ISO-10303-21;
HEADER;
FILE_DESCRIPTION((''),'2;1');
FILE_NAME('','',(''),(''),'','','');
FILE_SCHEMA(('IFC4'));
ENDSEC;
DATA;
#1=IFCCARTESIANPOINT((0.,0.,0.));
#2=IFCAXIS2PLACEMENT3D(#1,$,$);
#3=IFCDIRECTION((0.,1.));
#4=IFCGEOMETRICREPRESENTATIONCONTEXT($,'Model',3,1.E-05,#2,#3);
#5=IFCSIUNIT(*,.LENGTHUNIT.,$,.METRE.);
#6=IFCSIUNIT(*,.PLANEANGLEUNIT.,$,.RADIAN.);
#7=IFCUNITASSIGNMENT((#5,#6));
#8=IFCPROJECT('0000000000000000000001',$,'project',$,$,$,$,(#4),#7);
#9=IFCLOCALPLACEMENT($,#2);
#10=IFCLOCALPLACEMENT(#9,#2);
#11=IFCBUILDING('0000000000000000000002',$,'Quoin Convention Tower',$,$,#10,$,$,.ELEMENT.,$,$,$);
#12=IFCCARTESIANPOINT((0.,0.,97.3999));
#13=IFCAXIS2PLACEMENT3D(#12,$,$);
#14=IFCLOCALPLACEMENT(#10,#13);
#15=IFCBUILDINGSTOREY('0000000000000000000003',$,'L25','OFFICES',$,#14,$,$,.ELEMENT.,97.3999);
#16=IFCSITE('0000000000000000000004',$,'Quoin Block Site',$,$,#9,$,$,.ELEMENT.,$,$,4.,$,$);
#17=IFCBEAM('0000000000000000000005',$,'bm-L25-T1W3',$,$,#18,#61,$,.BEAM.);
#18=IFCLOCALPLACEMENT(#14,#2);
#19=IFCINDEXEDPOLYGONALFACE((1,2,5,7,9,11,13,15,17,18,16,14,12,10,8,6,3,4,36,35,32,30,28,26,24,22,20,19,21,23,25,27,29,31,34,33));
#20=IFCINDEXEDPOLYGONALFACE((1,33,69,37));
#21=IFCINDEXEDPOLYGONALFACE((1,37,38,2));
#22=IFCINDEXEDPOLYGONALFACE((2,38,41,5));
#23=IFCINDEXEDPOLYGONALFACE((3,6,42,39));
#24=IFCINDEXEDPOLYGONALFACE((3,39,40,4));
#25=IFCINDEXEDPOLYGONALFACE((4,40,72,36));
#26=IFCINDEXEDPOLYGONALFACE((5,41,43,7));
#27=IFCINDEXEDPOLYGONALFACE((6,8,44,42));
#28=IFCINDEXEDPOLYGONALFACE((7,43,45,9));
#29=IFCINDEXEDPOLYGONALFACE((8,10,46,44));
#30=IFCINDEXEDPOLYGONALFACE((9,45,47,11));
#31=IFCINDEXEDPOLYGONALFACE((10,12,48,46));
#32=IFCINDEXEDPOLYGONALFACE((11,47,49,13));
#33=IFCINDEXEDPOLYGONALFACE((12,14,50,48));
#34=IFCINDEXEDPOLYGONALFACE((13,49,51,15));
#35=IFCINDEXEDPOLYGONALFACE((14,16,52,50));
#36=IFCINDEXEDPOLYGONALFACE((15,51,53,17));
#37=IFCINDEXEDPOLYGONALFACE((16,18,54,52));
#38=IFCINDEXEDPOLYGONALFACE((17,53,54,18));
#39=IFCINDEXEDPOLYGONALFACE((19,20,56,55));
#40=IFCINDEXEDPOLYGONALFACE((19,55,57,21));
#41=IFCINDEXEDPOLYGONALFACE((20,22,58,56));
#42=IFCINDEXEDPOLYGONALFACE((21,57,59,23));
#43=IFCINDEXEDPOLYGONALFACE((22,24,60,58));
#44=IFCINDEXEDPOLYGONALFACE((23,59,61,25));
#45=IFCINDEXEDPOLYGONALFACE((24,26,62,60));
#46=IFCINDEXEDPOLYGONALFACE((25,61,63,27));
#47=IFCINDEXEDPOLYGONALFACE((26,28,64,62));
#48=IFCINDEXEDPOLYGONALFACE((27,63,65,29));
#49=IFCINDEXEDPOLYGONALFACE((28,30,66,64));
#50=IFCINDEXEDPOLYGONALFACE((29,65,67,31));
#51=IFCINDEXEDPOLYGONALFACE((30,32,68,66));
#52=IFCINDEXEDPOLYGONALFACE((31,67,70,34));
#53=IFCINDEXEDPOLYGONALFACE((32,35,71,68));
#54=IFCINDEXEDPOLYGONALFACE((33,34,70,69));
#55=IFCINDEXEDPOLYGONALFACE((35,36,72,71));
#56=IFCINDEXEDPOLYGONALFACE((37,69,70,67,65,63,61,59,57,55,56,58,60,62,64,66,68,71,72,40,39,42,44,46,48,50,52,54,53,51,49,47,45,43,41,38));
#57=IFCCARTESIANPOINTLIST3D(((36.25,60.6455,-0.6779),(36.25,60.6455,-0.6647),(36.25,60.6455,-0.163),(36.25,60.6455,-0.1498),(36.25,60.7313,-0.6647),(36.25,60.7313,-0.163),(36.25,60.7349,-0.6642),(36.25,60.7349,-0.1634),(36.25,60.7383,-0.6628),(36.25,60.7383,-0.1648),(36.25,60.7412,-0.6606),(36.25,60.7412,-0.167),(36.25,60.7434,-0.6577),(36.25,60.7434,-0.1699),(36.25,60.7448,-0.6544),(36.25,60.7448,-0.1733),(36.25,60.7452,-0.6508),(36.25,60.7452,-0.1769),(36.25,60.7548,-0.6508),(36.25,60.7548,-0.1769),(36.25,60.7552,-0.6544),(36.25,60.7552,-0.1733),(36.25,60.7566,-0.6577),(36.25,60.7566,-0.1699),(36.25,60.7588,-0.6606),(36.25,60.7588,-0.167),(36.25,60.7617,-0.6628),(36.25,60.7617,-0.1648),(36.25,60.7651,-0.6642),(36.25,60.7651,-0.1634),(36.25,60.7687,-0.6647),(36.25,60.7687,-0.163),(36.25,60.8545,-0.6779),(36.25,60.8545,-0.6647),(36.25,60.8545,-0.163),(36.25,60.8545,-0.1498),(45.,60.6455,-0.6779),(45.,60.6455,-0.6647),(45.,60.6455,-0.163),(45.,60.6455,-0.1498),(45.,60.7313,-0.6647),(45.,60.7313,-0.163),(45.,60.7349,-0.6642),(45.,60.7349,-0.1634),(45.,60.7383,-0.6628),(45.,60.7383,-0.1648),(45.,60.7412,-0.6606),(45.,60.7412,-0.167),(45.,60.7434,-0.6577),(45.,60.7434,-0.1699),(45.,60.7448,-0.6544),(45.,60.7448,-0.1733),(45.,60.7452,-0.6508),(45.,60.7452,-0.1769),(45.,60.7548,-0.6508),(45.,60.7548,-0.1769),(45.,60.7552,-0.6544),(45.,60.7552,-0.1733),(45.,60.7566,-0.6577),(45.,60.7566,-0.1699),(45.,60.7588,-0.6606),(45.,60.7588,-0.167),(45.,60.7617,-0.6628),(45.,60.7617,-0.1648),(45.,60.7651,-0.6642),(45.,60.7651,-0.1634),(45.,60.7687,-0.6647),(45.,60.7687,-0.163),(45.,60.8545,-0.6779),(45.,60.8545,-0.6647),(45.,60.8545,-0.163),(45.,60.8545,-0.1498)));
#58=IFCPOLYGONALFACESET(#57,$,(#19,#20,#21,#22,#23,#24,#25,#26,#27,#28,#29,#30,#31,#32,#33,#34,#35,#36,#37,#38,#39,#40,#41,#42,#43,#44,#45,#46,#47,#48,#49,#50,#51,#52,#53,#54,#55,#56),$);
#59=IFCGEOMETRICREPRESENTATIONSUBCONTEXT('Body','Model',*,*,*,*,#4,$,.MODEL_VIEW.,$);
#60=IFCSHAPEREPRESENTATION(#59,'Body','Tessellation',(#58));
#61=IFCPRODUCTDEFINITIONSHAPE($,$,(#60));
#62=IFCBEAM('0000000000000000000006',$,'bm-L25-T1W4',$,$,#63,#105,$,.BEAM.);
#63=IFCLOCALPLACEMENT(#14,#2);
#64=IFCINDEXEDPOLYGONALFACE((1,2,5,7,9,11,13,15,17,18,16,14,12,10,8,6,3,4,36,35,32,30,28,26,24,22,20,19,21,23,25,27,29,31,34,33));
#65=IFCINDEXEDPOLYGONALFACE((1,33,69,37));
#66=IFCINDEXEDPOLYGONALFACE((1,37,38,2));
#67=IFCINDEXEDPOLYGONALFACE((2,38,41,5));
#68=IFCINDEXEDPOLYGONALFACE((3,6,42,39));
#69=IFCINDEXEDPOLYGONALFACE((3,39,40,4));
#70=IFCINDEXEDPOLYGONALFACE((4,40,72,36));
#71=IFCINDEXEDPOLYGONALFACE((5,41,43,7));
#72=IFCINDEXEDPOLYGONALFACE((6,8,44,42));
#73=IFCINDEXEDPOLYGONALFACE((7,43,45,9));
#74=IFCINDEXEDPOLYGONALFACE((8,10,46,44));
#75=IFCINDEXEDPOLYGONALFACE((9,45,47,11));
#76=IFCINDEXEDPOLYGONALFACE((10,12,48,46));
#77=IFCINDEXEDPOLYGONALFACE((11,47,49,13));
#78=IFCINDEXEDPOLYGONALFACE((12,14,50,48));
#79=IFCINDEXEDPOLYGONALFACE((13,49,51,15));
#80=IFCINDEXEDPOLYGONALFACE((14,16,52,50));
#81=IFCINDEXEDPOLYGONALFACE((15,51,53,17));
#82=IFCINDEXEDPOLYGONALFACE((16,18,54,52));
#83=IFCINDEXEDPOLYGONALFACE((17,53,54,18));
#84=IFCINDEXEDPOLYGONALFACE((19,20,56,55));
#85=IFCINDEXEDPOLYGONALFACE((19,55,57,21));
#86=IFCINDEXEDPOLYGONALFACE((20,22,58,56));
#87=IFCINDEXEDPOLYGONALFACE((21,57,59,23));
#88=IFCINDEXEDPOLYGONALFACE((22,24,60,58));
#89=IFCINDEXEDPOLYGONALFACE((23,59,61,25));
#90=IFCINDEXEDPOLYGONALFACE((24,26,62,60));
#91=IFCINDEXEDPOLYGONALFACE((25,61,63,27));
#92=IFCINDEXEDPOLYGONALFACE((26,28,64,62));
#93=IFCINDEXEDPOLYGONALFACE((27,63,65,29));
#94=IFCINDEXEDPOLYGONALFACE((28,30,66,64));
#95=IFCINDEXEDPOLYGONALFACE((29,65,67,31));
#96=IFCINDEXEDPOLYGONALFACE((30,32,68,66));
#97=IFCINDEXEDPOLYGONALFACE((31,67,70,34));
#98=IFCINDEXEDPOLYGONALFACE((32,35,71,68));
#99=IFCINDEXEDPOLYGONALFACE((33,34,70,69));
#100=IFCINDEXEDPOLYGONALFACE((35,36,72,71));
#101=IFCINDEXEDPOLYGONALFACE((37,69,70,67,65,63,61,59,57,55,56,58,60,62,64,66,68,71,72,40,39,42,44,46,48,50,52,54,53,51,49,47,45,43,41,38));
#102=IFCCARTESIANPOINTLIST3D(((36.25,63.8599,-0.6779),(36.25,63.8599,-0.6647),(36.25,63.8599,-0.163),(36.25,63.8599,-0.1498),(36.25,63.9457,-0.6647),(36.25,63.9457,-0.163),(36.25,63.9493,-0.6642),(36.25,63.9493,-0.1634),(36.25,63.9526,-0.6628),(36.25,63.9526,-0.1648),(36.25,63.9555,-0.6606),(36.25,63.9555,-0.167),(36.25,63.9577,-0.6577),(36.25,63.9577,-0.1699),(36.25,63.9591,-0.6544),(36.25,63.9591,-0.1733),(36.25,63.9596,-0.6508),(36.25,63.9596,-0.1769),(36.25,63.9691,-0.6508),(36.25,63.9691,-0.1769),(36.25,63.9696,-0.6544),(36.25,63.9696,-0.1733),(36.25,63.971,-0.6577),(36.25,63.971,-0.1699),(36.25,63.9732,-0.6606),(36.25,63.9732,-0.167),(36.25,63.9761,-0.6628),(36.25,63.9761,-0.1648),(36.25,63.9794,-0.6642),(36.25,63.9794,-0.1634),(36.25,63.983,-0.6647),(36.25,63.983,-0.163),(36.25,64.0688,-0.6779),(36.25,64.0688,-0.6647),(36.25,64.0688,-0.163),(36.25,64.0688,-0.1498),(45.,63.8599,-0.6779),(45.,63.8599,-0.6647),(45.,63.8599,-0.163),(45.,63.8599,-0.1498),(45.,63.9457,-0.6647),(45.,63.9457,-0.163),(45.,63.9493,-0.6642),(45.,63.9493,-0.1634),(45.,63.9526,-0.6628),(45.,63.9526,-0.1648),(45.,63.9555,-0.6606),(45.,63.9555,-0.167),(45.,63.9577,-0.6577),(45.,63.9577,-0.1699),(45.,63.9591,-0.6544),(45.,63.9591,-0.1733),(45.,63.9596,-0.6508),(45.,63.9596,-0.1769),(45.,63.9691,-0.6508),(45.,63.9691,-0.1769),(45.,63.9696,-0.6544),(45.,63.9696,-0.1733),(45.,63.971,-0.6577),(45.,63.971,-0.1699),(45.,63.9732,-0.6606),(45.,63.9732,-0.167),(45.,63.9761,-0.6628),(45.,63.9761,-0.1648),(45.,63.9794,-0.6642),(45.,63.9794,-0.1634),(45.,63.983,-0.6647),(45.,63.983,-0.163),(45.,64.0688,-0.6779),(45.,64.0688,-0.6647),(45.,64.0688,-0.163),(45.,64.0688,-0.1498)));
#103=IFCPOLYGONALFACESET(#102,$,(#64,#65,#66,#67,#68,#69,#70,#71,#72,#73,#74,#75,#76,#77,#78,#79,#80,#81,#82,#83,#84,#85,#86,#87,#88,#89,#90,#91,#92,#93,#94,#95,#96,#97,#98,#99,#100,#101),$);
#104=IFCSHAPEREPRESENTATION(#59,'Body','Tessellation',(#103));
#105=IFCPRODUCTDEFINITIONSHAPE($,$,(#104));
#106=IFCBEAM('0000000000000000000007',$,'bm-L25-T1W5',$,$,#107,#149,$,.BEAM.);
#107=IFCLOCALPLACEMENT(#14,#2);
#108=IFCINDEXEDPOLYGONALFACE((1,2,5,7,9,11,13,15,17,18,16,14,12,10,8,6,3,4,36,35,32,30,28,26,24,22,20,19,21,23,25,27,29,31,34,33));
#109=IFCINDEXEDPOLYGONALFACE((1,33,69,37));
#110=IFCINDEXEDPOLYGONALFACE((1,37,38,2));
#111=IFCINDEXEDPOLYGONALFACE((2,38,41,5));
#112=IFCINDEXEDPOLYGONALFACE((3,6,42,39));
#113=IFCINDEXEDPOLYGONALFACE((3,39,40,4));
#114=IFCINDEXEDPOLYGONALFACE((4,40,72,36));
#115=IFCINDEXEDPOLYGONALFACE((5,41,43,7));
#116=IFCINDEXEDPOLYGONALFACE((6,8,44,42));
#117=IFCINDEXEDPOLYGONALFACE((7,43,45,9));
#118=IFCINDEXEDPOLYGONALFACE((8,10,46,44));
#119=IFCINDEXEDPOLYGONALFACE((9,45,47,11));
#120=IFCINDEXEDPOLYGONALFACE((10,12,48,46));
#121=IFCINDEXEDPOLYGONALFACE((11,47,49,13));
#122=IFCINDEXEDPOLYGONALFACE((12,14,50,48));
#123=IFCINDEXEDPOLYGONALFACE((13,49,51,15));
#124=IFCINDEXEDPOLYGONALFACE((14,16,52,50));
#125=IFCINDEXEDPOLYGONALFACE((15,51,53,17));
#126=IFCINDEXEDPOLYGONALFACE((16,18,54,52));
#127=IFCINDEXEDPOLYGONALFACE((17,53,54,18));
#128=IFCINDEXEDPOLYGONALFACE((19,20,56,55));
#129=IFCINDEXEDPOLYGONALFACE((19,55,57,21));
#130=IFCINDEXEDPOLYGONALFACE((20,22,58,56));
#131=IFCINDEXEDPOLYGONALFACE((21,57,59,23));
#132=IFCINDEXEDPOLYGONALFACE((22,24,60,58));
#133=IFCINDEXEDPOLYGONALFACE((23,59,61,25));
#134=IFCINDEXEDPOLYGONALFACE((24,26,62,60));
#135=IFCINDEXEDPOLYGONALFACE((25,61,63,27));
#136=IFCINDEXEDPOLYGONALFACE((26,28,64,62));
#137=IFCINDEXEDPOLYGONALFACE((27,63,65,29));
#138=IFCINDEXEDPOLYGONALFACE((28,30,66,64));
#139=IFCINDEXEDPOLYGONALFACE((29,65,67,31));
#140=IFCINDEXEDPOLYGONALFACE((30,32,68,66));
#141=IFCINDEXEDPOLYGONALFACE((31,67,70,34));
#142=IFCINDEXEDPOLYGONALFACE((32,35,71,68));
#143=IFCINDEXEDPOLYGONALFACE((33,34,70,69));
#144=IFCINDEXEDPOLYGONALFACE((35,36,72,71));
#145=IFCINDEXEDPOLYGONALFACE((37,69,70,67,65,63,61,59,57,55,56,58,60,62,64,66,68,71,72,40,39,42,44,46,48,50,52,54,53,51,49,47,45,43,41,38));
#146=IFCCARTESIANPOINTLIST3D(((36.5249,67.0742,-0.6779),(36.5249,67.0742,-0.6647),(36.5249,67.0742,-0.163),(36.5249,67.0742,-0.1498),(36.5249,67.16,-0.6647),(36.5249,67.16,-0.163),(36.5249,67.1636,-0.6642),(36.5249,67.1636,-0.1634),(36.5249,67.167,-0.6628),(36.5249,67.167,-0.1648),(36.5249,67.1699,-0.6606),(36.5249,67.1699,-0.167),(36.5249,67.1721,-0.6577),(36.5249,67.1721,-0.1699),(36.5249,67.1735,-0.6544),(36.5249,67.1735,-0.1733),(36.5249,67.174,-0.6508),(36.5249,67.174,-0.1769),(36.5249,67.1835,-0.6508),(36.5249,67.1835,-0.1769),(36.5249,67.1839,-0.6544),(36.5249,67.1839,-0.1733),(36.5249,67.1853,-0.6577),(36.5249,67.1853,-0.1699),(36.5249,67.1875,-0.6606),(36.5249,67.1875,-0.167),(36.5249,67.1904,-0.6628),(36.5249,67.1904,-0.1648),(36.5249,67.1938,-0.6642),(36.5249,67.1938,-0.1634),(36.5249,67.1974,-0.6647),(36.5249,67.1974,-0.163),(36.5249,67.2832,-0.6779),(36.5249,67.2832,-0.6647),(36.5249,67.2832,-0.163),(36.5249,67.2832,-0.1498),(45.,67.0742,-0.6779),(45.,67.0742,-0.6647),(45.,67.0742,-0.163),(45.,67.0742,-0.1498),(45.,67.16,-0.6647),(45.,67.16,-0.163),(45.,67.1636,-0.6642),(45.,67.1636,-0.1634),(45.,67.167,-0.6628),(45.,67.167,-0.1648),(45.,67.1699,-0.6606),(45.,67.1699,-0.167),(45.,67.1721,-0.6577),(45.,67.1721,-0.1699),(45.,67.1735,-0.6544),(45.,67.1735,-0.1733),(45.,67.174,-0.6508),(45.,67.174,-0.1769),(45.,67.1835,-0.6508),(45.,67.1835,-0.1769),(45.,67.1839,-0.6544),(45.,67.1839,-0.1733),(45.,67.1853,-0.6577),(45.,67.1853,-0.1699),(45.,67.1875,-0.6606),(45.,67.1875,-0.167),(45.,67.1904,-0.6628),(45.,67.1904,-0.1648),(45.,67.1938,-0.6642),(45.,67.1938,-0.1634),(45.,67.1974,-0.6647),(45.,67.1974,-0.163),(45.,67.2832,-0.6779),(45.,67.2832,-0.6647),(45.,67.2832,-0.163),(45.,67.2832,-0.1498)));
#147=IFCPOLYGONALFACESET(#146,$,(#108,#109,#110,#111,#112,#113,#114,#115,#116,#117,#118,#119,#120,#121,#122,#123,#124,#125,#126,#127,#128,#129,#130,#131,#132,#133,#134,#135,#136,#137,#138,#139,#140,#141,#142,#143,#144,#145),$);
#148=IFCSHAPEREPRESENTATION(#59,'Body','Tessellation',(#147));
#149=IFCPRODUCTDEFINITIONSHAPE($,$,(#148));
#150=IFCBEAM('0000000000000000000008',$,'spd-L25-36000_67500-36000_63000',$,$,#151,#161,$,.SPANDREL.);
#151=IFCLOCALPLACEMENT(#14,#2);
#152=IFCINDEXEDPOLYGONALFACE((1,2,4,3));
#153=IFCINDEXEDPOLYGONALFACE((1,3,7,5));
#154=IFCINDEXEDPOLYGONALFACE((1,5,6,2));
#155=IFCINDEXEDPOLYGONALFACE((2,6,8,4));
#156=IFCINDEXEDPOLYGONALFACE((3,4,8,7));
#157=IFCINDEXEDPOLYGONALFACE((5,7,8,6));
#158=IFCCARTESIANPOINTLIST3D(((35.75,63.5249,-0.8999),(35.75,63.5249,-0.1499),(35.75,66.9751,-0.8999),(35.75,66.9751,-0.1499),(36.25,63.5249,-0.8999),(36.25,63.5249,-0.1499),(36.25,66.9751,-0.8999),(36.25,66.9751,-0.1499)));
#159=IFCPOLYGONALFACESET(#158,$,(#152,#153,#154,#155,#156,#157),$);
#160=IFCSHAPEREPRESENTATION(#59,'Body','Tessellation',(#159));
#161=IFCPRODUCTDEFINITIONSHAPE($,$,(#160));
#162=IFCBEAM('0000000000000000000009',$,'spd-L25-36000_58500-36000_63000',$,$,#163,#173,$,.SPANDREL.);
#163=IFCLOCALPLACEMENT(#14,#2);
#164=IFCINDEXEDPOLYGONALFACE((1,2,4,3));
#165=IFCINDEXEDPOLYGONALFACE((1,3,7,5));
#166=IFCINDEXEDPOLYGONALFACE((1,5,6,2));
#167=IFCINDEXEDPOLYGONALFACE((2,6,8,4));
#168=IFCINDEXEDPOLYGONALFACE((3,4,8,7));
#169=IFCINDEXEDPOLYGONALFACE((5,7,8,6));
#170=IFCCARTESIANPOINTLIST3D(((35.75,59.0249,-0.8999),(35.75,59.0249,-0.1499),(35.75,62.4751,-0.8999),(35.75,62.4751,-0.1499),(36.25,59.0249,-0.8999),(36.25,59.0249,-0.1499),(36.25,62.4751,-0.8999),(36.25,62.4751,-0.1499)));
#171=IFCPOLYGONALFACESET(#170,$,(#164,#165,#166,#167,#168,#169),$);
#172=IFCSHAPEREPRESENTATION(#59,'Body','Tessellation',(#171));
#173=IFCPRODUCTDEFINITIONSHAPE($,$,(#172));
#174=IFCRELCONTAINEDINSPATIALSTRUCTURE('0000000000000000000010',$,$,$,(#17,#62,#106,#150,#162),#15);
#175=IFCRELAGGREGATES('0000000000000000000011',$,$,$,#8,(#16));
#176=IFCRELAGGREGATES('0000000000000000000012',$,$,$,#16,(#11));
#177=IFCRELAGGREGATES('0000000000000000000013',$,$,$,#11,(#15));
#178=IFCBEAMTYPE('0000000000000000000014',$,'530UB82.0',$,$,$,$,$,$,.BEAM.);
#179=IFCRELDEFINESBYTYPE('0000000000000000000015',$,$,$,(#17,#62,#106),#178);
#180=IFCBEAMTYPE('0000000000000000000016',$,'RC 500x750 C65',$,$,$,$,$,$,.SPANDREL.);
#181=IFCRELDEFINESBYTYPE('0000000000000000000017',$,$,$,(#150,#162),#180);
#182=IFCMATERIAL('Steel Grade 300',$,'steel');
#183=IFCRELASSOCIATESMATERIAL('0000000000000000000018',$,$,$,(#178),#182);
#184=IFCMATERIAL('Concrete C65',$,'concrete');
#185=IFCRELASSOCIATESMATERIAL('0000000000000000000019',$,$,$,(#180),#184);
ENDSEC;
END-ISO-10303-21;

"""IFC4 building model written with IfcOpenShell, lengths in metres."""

from ifc_helpers import new_model, si_unit, direction, frame, origin, origin_2d, place, context, subcontext, project, spatial, rectangle, i_section, extrude, material, material_profile, profile_set, type_object, element, save


model = new_model("IFC4")

# Units and contexts
model_context = context("Model", 3, precision=1e-05, world=origin(), true_north=direction((0.0, 1.0)))
body_context = subcontext(model_context, "Body", "Model", "MODEL_VIEW")
ifc_project = project(units=[si_unit("LENGTHUNIT", "METRE"), si_unit("PLANEANGLEUNIT", "RADIAN")], contexts=[model_context])

# Site, building, storey
site_placement = place(None, origin())
site = spatial("IfcSite", under=ifc_project, at=site_placement, Name="Quoin Block Site", CompositionType="ELEMENT", RefElevation=4.0)
building_placement = place(site_placement, origin())
building = spatial("IfcBuilding", under=site, at=building_placement, Name="Quoin Convention Tower", CompositionType="ELEMENT")
storey_placement = place(building_placement, frame((0.0, 0.0, 97.3999)))
storey = spatial("IfcBuildingStorey", under=building, at=storey_placement, Name="L25", Description="OFFICES", CompositionType="ELEMENT", Elevation=97.3999)

# Shared definitions
ifc_material_1 = material(Name="Concrete C65", Category="concrete")

# Beams
ifc_material_2 = material(Name="Steel Grade 300", Category="steel")
ifc_material_profile_1 = material_profile(ifc_material_2, i_section(OverallWidth=0.209, OverallDepth=0.5281, WebThickness=0.0095, FlangeThickness=0.0132, FilletRadius=0.0139, at=origin_2d()), Name="530UB82.0")
ifc_profile_set_1 = profile_set([ifc_material_profile_1], Name="Steel Grade 300")
beam_type_1 = type_object("IfcBeamType", Name="530UB82.0", PredefinedType="BEAM", material=ifc_profile_set_1)
for number, where, z_axis, x_axis, name in (
    (1, (36.25, 60.75, -0.4138), (1.0, 0.0, 0.0), (0.0, 1.0, 0.0), "bm-L25-T1W3"),
    (2, (36.25, 63.9644, -0.4138), (1.0, 0.0, 0.0), (0.0, 1.0, 0.0), "bm-L25-T1W4"),
):
    element("IfcBeam", number, at=place(storey_placement, frame(where, z_axis=z_axis, x_axis=x_axis)), inside=storey, type_object=beam_type_1, Name=name, PredefinedType="BEAM", context=body_context, shape_type="SweptSolid", body=[
        extrude(i_section(OverallWidth=0.209, OverallDepth=0.5281, WebThickness=0.0095, FlangeThickness=0.0132, FilletRadius=0.0139, at=origin_2d()), origin(), (0.0, 0.0, 1.0), 8.75),
    ])
beam_1_placement = place(storey_placement, frame((36.5249, 67.1787, -0.4138), z_axis=(1.0, 0.0, 0.0), x_axis=(0.0, 1.0, 0.0)))
element("IfcBeam", 3, at=beam_1_placement, inside=storey, type_object=beam_type_1, Name="bm-L25-T1W5", PredefinedType="BEAM", context=body_context, shape_type="SweptSolid", body=[
    extrude(i_section(OverallWidth=0.209, OverallDepth=0.5281, WebThickness=0.0095, FlangeThickness=0.0132, FilletRadius=0.0139, at=origin_2d()), origin(), (0.0, 0.0, 1.0), 8.4751),
])
ifc_material_profile_2 = material_profile(ifc_material_1, rectangle(XDim=0.5, YDim=0.75, at=origin_2d()), Name="RC 500x750")
ifc_profile_set_2 = profile_set([ifc_material_profile_2], Name="Concrete C65")
beam_type_2 = type_object("IfcBeamType", Name="RC 500x750 C65", PredefinedType="SPANDREL", material=ifc_profile_set_2)
for number, where, z_axis, x_axis, name in (
    (4, (36.0, 66.9751, -0.5249), (0.0, -1.0, 0.0), (1.0, 0.0, 0.0), "spd-L25-36000_67500-36000_63000"),
    (5, (36.0, 59.0249, -0.5249), (0.0, 1.0, 0.0), (-1.0, 0.0, 0.0), "spd-L25-36000_58500-36000_63000"),
):
    element("IfcBeam", number, at=place(storey_placement, frame(where, z_axis=z_axis, x_axis=x_axis)), inside=storey, type_object=beam_type_2, Name=name, PredefinedType="SPANDREL", context=body_context, shape_type="SweptSolid", body=[
        extrude(rectangle(XDim=0.5, YDim=0.75, at=origin_2d()), origin(), (0.0, 0.0, 1.0), 3.4502),
    ])

save(model, "model.ifc")
